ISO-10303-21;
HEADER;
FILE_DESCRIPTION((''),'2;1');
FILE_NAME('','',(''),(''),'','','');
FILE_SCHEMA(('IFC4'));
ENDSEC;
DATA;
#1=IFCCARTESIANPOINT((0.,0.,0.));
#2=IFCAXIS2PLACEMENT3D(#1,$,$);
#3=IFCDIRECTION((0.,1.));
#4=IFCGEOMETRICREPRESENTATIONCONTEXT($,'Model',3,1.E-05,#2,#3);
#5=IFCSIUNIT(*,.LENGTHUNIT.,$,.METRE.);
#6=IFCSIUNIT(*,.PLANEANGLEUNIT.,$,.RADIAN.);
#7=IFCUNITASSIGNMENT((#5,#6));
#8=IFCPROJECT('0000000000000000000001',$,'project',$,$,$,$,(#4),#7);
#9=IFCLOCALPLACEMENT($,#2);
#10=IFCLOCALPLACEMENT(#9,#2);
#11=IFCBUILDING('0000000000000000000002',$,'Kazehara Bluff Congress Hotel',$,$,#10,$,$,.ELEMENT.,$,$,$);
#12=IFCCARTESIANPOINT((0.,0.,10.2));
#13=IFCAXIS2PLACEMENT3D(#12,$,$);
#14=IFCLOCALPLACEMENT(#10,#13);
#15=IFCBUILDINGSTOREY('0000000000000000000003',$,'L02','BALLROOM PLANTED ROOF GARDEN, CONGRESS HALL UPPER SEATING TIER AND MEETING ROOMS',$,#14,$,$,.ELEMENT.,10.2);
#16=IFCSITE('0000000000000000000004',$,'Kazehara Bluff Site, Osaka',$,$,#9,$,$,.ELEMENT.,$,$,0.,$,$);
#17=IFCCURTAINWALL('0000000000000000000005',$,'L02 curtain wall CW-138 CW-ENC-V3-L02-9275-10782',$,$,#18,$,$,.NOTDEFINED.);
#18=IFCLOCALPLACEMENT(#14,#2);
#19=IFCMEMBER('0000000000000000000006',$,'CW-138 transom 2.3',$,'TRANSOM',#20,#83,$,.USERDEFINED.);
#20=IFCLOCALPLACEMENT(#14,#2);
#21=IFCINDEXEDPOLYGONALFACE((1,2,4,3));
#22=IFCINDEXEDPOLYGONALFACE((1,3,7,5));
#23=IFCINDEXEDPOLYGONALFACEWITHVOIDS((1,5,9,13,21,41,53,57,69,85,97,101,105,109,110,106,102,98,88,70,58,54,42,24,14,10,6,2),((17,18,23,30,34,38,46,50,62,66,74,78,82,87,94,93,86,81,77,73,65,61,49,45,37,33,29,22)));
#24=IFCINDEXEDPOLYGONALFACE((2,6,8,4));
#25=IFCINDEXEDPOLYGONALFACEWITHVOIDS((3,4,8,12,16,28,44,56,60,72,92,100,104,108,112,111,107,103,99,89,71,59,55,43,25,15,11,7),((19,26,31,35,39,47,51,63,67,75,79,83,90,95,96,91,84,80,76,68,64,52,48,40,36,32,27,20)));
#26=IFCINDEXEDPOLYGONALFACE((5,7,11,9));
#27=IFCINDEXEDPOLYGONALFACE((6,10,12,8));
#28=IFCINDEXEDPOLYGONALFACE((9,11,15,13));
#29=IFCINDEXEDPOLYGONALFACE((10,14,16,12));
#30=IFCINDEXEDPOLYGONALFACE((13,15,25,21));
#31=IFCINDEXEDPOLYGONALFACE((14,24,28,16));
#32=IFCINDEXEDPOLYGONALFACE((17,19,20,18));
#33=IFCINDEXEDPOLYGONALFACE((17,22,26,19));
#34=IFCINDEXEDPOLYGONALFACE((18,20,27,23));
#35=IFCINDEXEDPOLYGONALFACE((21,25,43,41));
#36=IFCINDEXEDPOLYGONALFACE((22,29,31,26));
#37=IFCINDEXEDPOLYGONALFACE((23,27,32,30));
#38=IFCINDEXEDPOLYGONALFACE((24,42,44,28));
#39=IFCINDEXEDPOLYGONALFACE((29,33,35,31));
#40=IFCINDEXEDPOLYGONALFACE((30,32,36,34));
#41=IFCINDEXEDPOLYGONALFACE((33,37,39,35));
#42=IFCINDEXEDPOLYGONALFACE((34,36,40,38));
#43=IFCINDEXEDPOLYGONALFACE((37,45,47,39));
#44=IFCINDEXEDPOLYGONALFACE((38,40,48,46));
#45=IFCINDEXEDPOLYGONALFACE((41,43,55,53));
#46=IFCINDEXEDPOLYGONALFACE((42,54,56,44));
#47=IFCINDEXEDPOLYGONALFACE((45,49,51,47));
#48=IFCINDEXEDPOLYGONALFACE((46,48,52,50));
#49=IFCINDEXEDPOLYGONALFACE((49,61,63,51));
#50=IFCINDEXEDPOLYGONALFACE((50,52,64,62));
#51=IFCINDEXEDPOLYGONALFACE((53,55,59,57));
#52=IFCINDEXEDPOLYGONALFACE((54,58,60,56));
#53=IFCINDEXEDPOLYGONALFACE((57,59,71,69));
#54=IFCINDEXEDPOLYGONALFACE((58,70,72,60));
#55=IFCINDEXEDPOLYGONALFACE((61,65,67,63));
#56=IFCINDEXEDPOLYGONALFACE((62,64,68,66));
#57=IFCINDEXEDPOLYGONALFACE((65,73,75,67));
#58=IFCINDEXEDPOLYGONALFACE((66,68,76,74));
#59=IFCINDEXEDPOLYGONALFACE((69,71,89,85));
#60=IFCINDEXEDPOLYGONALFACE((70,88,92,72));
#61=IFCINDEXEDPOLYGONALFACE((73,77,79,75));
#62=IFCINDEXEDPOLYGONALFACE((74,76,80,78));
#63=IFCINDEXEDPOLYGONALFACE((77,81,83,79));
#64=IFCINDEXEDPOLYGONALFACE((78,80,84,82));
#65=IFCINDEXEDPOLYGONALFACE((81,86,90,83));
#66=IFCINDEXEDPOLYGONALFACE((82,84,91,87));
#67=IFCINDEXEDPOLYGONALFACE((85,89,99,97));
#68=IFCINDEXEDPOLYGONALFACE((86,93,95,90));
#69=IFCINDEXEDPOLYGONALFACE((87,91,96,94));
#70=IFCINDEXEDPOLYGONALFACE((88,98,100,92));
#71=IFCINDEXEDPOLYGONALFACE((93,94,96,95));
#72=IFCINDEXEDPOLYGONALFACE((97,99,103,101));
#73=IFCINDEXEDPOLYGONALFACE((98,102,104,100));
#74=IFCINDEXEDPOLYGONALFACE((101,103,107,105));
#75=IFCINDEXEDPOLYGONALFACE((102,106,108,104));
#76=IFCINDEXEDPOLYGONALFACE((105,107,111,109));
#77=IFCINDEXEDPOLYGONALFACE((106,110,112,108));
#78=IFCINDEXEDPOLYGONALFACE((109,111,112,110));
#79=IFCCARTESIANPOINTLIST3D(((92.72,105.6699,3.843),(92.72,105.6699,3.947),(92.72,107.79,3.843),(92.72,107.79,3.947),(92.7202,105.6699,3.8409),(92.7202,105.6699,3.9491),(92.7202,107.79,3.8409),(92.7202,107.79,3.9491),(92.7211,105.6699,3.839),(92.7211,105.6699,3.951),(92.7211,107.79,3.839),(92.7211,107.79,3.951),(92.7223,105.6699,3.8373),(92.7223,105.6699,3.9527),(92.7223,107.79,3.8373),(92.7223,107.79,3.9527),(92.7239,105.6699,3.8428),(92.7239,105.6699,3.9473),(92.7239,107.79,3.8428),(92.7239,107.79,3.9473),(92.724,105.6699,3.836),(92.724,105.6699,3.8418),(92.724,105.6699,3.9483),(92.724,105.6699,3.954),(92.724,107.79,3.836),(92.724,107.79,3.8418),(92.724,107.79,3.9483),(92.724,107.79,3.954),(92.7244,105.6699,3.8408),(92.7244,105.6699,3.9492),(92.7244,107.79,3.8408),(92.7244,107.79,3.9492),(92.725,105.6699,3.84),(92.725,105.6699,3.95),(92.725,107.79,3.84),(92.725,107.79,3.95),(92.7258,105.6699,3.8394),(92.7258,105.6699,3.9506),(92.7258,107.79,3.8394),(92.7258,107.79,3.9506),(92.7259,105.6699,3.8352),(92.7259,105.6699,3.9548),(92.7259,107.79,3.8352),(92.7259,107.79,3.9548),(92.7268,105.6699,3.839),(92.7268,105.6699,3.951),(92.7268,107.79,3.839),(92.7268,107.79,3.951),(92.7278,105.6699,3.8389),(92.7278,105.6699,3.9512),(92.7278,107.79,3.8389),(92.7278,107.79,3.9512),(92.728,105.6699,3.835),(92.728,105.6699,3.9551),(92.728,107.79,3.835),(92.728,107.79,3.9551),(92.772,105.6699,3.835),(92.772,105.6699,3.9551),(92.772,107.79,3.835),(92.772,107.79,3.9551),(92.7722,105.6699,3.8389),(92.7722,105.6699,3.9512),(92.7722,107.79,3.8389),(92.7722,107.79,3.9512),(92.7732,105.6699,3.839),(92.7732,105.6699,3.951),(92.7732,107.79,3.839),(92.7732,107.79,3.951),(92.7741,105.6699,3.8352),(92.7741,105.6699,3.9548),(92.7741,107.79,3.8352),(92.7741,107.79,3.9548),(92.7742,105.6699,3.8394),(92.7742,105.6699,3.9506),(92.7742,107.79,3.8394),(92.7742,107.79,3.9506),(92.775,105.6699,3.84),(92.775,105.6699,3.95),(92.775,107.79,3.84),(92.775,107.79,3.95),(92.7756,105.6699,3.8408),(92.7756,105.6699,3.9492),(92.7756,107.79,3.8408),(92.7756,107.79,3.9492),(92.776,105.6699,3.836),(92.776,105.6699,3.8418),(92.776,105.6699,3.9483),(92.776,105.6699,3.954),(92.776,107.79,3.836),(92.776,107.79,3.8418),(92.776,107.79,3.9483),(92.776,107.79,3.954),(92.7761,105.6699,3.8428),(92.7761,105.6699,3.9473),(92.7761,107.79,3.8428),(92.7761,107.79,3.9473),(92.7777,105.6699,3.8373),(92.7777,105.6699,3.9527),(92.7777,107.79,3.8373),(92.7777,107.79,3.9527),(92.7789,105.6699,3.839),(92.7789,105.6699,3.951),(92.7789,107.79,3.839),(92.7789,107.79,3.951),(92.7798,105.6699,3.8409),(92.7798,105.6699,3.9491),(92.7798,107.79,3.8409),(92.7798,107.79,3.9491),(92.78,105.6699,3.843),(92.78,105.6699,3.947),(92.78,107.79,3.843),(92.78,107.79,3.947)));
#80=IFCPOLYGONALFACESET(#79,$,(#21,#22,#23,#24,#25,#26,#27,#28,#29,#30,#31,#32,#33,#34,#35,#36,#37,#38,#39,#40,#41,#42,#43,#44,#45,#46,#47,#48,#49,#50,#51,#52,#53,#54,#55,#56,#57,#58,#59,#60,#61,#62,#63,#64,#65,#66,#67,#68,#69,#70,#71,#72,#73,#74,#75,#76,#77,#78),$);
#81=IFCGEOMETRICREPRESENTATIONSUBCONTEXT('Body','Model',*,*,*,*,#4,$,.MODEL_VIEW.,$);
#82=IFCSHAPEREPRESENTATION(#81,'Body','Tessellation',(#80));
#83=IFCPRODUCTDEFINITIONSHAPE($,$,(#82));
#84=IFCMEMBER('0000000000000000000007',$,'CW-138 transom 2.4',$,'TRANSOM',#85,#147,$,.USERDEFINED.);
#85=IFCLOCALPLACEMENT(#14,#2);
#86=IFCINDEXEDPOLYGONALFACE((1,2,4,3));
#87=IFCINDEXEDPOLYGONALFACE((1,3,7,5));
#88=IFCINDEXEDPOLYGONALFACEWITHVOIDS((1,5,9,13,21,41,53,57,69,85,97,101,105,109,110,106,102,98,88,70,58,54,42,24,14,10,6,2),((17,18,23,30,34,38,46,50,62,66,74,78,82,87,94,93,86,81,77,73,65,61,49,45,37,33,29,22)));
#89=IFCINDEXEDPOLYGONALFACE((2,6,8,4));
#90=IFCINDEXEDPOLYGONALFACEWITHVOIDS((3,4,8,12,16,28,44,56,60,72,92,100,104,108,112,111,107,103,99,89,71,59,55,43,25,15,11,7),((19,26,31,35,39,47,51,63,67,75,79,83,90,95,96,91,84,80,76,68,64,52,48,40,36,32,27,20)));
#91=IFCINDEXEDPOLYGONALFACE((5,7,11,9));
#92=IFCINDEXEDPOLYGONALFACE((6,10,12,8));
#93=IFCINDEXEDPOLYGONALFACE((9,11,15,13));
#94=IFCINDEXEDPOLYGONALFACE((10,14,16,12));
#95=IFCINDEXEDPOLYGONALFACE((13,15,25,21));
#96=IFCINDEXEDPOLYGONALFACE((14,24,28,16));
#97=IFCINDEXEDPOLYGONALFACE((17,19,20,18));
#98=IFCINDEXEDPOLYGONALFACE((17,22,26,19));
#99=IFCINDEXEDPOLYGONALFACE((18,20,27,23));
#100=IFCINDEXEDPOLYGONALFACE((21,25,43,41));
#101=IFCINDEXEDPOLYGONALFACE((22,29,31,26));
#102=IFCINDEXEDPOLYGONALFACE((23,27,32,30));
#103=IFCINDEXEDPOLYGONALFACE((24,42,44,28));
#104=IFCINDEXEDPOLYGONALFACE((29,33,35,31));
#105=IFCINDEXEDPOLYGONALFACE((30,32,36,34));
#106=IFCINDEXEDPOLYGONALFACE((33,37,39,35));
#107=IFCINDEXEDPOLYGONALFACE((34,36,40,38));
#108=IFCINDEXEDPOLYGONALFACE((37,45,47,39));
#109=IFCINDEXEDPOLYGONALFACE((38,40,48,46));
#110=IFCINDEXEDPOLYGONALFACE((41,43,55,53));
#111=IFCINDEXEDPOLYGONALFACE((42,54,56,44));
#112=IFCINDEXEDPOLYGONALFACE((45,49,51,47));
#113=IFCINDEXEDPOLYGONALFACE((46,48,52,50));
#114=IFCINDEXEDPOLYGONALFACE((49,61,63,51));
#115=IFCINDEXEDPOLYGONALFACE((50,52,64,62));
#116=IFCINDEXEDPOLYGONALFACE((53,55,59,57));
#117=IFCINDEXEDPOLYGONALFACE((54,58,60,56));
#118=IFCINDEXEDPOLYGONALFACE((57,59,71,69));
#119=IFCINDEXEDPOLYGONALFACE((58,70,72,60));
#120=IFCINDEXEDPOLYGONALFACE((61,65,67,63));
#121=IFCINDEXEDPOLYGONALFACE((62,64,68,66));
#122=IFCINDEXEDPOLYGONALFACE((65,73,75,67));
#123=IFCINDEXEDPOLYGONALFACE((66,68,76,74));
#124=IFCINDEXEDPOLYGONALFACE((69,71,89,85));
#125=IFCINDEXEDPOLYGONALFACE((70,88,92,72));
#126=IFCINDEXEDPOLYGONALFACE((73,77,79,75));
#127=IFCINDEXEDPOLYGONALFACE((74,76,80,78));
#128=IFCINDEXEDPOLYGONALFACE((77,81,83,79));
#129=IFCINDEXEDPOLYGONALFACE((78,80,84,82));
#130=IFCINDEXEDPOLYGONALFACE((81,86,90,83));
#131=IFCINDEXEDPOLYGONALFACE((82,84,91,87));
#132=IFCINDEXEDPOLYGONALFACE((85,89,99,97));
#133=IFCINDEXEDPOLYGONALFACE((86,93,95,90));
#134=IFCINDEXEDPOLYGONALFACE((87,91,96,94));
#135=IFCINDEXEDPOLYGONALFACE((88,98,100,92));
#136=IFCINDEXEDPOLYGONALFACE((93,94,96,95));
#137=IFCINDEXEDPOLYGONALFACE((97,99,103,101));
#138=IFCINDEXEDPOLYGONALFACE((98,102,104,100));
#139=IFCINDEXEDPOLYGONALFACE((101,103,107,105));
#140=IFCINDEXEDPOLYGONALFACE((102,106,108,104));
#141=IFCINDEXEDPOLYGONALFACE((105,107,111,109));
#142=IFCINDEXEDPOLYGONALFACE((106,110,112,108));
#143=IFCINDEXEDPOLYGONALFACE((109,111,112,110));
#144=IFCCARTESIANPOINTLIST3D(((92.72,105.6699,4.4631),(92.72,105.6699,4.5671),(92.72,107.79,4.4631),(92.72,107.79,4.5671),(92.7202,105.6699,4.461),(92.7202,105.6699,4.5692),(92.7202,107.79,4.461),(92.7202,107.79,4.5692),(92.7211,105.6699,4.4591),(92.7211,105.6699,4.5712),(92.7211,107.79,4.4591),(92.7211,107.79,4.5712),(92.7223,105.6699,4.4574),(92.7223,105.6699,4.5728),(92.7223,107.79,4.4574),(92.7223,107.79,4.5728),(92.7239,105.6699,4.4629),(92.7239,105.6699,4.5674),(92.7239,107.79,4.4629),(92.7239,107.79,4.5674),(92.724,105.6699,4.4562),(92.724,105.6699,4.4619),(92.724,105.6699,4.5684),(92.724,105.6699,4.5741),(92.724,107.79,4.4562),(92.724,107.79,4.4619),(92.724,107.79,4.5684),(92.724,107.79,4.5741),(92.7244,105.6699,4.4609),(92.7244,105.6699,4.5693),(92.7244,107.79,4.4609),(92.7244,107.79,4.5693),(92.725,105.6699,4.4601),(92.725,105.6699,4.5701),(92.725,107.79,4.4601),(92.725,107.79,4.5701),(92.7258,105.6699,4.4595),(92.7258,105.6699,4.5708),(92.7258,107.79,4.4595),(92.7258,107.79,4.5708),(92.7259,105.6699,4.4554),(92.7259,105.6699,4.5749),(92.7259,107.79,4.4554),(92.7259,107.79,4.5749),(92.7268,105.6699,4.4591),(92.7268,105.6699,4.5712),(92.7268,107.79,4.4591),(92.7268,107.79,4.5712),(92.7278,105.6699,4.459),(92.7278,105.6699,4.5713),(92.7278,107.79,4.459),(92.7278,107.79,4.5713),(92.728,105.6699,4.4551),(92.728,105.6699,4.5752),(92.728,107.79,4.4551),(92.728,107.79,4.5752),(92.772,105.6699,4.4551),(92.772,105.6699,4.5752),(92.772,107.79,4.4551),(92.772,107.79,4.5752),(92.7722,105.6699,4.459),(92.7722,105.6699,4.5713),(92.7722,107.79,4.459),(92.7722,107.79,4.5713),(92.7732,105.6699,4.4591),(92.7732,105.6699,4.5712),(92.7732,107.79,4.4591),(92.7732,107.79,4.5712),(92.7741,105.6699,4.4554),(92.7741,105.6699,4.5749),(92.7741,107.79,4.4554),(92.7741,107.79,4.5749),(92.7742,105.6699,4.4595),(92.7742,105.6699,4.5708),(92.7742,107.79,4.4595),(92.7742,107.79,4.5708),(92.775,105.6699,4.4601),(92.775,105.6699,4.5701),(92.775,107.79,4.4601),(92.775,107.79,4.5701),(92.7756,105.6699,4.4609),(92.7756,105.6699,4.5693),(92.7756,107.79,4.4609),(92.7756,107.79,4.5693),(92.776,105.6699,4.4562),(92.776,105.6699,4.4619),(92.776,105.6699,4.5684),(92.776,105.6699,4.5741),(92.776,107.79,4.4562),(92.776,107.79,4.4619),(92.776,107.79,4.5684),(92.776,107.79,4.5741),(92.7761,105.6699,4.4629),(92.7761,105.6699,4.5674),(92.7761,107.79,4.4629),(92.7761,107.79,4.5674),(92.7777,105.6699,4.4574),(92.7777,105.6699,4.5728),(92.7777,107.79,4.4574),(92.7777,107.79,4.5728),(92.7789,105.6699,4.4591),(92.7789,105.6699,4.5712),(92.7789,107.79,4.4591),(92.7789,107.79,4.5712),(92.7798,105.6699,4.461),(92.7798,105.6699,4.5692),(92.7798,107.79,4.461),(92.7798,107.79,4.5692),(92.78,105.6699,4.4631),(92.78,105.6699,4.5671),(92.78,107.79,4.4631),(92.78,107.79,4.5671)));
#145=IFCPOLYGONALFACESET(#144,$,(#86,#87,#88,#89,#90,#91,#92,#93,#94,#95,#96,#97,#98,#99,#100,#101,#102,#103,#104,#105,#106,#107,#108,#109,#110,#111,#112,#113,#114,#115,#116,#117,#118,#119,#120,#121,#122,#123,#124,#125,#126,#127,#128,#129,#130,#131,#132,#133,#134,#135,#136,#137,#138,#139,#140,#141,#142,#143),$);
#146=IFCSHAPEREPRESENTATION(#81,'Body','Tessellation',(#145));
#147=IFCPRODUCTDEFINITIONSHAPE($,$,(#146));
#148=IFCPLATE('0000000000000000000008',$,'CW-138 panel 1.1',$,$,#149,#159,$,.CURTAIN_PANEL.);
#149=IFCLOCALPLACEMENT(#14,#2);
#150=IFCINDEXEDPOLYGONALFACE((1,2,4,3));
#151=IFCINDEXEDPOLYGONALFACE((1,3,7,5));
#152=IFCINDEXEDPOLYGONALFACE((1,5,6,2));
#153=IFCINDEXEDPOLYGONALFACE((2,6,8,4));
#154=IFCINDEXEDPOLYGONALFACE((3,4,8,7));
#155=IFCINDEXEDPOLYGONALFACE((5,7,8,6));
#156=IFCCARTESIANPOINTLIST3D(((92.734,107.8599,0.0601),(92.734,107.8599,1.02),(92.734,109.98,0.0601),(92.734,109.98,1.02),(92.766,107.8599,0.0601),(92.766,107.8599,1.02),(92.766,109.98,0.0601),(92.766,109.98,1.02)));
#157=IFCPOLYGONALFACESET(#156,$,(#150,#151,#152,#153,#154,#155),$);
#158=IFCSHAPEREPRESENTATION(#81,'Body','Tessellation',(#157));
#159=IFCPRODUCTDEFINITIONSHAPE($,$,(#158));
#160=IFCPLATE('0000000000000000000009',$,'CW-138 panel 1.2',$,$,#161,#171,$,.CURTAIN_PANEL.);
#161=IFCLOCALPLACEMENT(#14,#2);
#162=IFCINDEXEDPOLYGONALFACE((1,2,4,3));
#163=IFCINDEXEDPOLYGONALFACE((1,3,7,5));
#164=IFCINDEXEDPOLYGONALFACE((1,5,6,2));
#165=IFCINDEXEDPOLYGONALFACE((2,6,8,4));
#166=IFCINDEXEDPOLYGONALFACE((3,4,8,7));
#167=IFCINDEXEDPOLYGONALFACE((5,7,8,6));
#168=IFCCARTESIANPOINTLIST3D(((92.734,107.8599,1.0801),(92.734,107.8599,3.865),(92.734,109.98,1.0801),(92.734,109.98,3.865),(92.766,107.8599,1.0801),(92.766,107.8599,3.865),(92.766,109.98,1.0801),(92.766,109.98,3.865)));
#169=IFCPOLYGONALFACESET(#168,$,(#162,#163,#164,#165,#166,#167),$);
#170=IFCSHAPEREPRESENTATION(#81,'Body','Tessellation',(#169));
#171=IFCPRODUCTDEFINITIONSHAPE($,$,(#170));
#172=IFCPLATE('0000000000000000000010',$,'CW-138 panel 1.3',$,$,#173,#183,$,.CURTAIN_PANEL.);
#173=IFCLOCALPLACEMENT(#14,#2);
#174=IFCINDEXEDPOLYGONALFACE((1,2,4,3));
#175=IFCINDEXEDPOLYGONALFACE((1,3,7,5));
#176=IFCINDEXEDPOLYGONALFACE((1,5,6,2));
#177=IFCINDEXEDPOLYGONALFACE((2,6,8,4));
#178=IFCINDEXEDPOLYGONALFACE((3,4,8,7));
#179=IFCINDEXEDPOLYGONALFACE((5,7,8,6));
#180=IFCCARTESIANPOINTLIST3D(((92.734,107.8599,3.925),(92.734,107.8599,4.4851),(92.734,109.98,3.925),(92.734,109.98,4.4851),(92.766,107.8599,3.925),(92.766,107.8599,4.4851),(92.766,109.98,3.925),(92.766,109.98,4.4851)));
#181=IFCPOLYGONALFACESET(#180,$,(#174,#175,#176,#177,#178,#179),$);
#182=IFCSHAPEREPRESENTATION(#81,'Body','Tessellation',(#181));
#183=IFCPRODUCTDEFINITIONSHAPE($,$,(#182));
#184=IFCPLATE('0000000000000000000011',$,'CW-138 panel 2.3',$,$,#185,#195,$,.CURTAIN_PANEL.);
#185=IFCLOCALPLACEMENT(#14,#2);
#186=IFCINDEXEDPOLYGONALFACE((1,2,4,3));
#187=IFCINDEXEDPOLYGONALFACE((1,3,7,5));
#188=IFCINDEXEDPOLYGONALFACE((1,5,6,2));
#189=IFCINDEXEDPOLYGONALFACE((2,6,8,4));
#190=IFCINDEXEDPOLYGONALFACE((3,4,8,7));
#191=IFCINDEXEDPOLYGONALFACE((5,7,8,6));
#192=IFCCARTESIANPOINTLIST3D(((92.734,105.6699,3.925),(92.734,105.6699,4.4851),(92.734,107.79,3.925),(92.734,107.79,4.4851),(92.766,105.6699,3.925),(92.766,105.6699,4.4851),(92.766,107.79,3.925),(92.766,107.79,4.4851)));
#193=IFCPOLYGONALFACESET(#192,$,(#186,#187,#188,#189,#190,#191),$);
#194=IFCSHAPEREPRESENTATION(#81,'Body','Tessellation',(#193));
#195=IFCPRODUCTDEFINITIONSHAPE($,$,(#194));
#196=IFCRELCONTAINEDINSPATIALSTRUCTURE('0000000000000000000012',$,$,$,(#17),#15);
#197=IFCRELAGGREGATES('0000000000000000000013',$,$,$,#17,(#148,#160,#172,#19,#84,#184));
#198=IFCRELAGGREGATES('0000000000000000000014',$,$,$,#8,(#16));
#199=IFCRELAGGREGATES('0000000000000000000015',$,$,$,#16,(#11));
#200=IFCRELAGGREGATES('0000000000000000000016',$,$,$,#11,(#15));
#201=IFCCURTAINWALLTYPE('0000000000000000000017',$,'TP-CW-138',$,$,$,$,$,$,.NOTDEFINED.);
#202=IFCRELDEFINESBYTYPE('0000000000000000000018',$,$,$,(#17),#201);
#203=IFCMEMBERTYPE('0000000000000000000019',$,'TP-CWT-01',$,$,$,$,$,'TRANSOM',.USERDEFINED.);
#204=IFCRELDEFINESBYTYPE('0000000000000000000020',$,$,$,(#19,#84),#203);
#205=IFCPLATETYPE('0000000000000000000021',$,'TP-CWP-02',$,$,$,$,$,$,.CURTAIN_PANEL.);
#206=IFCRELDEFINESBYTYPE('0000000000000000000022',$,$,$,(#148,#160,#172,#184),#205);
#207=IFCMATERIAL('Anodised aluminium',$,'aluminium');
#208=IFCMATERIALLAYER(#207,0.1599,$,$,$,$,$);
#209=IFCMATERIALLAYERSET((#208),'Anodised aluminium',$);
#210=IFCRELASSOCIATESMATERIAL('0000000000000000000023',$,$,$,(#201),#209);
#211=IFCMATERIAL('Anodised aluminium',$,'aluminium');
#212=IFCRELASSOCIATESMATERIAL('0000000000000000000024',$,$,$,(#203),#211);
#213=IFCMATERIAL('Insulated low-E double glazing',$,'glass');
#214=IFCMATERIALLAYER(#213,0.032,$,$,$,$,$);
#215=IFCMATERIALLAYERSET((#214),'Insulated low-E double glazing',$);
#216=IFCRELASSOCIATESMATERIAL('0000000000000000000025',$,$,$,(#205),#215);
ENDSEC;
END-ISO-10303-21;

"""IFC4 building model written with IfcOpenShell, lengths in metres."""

from ifc_helpers import new_model, si_unit, direction, frame, origin, origin_2d, place, context, subcontext, project, spatial, rectangle, hollow_rectangle, extrude, material, layer, layer_set, material_profile, profile_set, type_object, element, aggregate, save


model = new_model("IFC4")

# Units and contexts
model_context = context("Model", 3, precision=1e-05, world=origin(), true_north=direction((0.0, 1.0)))
body_context = subcontext(model_context, "Body", "Model", "MODEL_VIEW")
ifc_project = project(units=[si_unit("LENGTHUNIT", "METRE"), si_unit("PLANEANGLEUNIT", "RADIAN")], contexts=[model_context])

# Site, building, storey
site_placement = place(None, origin())
site = spatial("IfcSite", under=ifc_project, at=site_placement, Name="Kazehara Bluff Site, Osaka", CompositionType="ELEMENT", RefElevation=0.0)
building_placement = place(site_placement, origin())
building = spatial("IfcBuilding", under=site, at=building_placement, Name="Kazehara Bluff Congress Hotel", CompositionType="ELEMENT")
storey_placement = place(building_placement, frame((0.0, 0.0, 10.2)))
storey = spatial("IfcBuildingStorey", under=building, at=storey_placement, Name="L02", Description="BALLROOM PLANTED ROOF GARDEN, CONGRESS HALL UPPER SEATING TIER AND MEETING ROOMS", CompositionType="ELEMENT", Elevation=10.2)

# Curtain wall, members, plates
ifc_material_1 = material(Name="Anodised aluminium", Category="aluminium")
ifc_layer_1 = layer(ifc_material_1, 0.1599)
ifc_layer_set_1 = layer_set([ifc_layer_1], Name="Anodised aluminium")
curtain_wall_type = type_object("IfcCurtainWallType", Name="TP-CW-138", PredefinedType="NOTDEFINED", material=ifc_layer_set_1)
curtain_wall_placement = place(storey_placement, origin())
curtain_wall = element("IfcCurtainWall", 1, at=curtain_wall_placement, inside=storey, type_object=curtain_wall_type, Name="L02 curtain wall CW-138 CW-ENC-V3-L02-9275-10782", PredefinedType="NOTDEFINED")
ifc_material_2 = material(Name="Anodised aluminium", Category="aluminium")
ifc_material_profile_1 = material_profile(ifc_material_2, hollow_rectangle(XDim=0.0601, YDim=0.1201, WallThickness=0.0039, InnerFilletRadius=0.0039, OuterFilletRadius=0.0081, at=origin_2d()))
ifc_profile_set_1 = profile_set([ifc_material_profile_1], Name="Anodised aluminium")
member_type_1 = type_object("IfcMemberType", Name="TP-CWT-01", ElementType="TRANSOM", PredefinedType="USERDEFINED", material=ifc_profile_set_1)
member_1_placement = place(storey_placement, frame((92.75, 107.79, 3.895), z_axis=(0.0, -1.0, 0.0), x_axis=(1.0, 0.0, 0.0)))
member_1 = element("IfcMember", 2, at=member_1_placement, type_object=member_type_1, Name="CW-138 transom 2.3", ObjectType="TRANSOM", PredefinedType="USERDEFINED", context=body_context, shape_type="SweptSolid", body=[
    extrude(hollow_rectangle(XDim=0.0601, YDim=0.1201, WallThickness=0.0039, InnerFilletRadius=0.0039, OuterFilletRadius=0.0081, at=origin_2d()), origin(), (0.0, 0.0, 1.0), 2.1201),
])
member_2_placement = place(storey_placement, frame((92.75, 107.79, 4.5151), z_axis=(0.0, -1.0, 0.0), x_axis=(1.0, 0.0, 0.0)))
member_2 = element("IfcMember", 3, at=member_2_placement, type_object=member_type_1, Name="CW-138 transom 2.4", ObjectType="TRANSOM", PredefinedType="USERDEFINED", context=body_context, shape_type="SweptSolid", body=[
    extrude(hollow_rectangle(XDim=0.0601, YDim=0.1201, WallThickness=0.0039, InnerFilletRadius=0.0039, OuterFilletRadius=0.0081, at=origin_2d()), origin(), (0.0, 0.0, 1.0), 2.1201),
])
ifc_material_3 = material(Name="Insulated low-E double glazing", Category="glass")
ifc_layer_2 = layer(ifc_material_3, 0.032)
ifc_layer_set_2 = layer_set([ifc_layer_2], Name="Insulated low-E double glazing")
plate_type = type_object("IfcPlateType", Name="TP-CWP-02", PredefinedType="CURTAIN_PANEL", material=ifc_layer_set_2)
plate_1_placement = place(storey_placement, frame((92.75, 108.9199, 0.0601), z_axis=(0.0, 0.0, 1.0), x_axis=(0.0, -1.0, 0.0)))
plate_1 = element("IfcPlate", 4, at=plate_1_placement, type_object=plate_type, Name="CW-138 panel 1.1", PredefinedType="CURTAIN_PANEL", context=body_context, shape_type="SweptSolid", body=[
    extrude(rectangle(XDim=2.1201, YDim=0.032, at=origin_2d()), origin(), (0.0, 0.0, 1.0), 0.96),
])
plate_2_placement = place(storey_placement, frame((92.75, 108.9199, 1.0801), z_axis=(0.0, 0.0, 1.0), x_axis=(0.0, -1.0, 0.0)))
plate_2 = element("IfcPlate", 5, at=plate_2_placement, type_object=plate_type, Name="CW-138 panel 1.2", PredefinedType="CURTAIN_PANEL", context=body_context, shape_type="SweptSolid", body=[
    extrude(rectangle(XDim=2.1201, YDim=0.032, at=origin_2d()), origin(), (0.0, 0.0, 1.0), 2.7849),
])
plate_3_placement = place(storey_placement, frame((92.75, 108.9199, 3.925), z_axis=(0.0, 0.0, 1.0), x_axis=(0.0, -1.0, 0.0)))
plate_3 = element("IfcPlate", 6, at=plate_3_placement, type_object=plate_type, Name="CW-138 panel 1.3", PredefinedType="CURTAIN_PANEL", context=body_context, shape_type="SweptSolid", body=[
    extrude(rectangle(XDim=2.1201, YDim=0.032, at=origin_2d()), origin(), (0.0, 0.0, 1.0), 0.5601),
])
plate_4_placement = place(storey_placement, frame((92.75, 106.73, 3.925), z_axis=(0.0, 0.0, 1.0), x_axis=(0.0, -1.0, 0.0)))
plate_4 = element("IfcPlate", 7, at=plate_4_placement, type_object=plate_type, Name="CW-138 panel 2.3", PredefinedType="CURTAIN_PANEL", context=body_context, shape_type="SweptSolid", body=[
    extrude(rectangle(XDim=2.1201, YDim=0.032, at=origin_2d()), origin(), (0.0, 0.0, 1.0), 0.5601),
])
aggregate(curtain_wall, [plate_1, plate_2, plate_3, member_1, member_2, plate_4])

save(model, "model.ifc")
